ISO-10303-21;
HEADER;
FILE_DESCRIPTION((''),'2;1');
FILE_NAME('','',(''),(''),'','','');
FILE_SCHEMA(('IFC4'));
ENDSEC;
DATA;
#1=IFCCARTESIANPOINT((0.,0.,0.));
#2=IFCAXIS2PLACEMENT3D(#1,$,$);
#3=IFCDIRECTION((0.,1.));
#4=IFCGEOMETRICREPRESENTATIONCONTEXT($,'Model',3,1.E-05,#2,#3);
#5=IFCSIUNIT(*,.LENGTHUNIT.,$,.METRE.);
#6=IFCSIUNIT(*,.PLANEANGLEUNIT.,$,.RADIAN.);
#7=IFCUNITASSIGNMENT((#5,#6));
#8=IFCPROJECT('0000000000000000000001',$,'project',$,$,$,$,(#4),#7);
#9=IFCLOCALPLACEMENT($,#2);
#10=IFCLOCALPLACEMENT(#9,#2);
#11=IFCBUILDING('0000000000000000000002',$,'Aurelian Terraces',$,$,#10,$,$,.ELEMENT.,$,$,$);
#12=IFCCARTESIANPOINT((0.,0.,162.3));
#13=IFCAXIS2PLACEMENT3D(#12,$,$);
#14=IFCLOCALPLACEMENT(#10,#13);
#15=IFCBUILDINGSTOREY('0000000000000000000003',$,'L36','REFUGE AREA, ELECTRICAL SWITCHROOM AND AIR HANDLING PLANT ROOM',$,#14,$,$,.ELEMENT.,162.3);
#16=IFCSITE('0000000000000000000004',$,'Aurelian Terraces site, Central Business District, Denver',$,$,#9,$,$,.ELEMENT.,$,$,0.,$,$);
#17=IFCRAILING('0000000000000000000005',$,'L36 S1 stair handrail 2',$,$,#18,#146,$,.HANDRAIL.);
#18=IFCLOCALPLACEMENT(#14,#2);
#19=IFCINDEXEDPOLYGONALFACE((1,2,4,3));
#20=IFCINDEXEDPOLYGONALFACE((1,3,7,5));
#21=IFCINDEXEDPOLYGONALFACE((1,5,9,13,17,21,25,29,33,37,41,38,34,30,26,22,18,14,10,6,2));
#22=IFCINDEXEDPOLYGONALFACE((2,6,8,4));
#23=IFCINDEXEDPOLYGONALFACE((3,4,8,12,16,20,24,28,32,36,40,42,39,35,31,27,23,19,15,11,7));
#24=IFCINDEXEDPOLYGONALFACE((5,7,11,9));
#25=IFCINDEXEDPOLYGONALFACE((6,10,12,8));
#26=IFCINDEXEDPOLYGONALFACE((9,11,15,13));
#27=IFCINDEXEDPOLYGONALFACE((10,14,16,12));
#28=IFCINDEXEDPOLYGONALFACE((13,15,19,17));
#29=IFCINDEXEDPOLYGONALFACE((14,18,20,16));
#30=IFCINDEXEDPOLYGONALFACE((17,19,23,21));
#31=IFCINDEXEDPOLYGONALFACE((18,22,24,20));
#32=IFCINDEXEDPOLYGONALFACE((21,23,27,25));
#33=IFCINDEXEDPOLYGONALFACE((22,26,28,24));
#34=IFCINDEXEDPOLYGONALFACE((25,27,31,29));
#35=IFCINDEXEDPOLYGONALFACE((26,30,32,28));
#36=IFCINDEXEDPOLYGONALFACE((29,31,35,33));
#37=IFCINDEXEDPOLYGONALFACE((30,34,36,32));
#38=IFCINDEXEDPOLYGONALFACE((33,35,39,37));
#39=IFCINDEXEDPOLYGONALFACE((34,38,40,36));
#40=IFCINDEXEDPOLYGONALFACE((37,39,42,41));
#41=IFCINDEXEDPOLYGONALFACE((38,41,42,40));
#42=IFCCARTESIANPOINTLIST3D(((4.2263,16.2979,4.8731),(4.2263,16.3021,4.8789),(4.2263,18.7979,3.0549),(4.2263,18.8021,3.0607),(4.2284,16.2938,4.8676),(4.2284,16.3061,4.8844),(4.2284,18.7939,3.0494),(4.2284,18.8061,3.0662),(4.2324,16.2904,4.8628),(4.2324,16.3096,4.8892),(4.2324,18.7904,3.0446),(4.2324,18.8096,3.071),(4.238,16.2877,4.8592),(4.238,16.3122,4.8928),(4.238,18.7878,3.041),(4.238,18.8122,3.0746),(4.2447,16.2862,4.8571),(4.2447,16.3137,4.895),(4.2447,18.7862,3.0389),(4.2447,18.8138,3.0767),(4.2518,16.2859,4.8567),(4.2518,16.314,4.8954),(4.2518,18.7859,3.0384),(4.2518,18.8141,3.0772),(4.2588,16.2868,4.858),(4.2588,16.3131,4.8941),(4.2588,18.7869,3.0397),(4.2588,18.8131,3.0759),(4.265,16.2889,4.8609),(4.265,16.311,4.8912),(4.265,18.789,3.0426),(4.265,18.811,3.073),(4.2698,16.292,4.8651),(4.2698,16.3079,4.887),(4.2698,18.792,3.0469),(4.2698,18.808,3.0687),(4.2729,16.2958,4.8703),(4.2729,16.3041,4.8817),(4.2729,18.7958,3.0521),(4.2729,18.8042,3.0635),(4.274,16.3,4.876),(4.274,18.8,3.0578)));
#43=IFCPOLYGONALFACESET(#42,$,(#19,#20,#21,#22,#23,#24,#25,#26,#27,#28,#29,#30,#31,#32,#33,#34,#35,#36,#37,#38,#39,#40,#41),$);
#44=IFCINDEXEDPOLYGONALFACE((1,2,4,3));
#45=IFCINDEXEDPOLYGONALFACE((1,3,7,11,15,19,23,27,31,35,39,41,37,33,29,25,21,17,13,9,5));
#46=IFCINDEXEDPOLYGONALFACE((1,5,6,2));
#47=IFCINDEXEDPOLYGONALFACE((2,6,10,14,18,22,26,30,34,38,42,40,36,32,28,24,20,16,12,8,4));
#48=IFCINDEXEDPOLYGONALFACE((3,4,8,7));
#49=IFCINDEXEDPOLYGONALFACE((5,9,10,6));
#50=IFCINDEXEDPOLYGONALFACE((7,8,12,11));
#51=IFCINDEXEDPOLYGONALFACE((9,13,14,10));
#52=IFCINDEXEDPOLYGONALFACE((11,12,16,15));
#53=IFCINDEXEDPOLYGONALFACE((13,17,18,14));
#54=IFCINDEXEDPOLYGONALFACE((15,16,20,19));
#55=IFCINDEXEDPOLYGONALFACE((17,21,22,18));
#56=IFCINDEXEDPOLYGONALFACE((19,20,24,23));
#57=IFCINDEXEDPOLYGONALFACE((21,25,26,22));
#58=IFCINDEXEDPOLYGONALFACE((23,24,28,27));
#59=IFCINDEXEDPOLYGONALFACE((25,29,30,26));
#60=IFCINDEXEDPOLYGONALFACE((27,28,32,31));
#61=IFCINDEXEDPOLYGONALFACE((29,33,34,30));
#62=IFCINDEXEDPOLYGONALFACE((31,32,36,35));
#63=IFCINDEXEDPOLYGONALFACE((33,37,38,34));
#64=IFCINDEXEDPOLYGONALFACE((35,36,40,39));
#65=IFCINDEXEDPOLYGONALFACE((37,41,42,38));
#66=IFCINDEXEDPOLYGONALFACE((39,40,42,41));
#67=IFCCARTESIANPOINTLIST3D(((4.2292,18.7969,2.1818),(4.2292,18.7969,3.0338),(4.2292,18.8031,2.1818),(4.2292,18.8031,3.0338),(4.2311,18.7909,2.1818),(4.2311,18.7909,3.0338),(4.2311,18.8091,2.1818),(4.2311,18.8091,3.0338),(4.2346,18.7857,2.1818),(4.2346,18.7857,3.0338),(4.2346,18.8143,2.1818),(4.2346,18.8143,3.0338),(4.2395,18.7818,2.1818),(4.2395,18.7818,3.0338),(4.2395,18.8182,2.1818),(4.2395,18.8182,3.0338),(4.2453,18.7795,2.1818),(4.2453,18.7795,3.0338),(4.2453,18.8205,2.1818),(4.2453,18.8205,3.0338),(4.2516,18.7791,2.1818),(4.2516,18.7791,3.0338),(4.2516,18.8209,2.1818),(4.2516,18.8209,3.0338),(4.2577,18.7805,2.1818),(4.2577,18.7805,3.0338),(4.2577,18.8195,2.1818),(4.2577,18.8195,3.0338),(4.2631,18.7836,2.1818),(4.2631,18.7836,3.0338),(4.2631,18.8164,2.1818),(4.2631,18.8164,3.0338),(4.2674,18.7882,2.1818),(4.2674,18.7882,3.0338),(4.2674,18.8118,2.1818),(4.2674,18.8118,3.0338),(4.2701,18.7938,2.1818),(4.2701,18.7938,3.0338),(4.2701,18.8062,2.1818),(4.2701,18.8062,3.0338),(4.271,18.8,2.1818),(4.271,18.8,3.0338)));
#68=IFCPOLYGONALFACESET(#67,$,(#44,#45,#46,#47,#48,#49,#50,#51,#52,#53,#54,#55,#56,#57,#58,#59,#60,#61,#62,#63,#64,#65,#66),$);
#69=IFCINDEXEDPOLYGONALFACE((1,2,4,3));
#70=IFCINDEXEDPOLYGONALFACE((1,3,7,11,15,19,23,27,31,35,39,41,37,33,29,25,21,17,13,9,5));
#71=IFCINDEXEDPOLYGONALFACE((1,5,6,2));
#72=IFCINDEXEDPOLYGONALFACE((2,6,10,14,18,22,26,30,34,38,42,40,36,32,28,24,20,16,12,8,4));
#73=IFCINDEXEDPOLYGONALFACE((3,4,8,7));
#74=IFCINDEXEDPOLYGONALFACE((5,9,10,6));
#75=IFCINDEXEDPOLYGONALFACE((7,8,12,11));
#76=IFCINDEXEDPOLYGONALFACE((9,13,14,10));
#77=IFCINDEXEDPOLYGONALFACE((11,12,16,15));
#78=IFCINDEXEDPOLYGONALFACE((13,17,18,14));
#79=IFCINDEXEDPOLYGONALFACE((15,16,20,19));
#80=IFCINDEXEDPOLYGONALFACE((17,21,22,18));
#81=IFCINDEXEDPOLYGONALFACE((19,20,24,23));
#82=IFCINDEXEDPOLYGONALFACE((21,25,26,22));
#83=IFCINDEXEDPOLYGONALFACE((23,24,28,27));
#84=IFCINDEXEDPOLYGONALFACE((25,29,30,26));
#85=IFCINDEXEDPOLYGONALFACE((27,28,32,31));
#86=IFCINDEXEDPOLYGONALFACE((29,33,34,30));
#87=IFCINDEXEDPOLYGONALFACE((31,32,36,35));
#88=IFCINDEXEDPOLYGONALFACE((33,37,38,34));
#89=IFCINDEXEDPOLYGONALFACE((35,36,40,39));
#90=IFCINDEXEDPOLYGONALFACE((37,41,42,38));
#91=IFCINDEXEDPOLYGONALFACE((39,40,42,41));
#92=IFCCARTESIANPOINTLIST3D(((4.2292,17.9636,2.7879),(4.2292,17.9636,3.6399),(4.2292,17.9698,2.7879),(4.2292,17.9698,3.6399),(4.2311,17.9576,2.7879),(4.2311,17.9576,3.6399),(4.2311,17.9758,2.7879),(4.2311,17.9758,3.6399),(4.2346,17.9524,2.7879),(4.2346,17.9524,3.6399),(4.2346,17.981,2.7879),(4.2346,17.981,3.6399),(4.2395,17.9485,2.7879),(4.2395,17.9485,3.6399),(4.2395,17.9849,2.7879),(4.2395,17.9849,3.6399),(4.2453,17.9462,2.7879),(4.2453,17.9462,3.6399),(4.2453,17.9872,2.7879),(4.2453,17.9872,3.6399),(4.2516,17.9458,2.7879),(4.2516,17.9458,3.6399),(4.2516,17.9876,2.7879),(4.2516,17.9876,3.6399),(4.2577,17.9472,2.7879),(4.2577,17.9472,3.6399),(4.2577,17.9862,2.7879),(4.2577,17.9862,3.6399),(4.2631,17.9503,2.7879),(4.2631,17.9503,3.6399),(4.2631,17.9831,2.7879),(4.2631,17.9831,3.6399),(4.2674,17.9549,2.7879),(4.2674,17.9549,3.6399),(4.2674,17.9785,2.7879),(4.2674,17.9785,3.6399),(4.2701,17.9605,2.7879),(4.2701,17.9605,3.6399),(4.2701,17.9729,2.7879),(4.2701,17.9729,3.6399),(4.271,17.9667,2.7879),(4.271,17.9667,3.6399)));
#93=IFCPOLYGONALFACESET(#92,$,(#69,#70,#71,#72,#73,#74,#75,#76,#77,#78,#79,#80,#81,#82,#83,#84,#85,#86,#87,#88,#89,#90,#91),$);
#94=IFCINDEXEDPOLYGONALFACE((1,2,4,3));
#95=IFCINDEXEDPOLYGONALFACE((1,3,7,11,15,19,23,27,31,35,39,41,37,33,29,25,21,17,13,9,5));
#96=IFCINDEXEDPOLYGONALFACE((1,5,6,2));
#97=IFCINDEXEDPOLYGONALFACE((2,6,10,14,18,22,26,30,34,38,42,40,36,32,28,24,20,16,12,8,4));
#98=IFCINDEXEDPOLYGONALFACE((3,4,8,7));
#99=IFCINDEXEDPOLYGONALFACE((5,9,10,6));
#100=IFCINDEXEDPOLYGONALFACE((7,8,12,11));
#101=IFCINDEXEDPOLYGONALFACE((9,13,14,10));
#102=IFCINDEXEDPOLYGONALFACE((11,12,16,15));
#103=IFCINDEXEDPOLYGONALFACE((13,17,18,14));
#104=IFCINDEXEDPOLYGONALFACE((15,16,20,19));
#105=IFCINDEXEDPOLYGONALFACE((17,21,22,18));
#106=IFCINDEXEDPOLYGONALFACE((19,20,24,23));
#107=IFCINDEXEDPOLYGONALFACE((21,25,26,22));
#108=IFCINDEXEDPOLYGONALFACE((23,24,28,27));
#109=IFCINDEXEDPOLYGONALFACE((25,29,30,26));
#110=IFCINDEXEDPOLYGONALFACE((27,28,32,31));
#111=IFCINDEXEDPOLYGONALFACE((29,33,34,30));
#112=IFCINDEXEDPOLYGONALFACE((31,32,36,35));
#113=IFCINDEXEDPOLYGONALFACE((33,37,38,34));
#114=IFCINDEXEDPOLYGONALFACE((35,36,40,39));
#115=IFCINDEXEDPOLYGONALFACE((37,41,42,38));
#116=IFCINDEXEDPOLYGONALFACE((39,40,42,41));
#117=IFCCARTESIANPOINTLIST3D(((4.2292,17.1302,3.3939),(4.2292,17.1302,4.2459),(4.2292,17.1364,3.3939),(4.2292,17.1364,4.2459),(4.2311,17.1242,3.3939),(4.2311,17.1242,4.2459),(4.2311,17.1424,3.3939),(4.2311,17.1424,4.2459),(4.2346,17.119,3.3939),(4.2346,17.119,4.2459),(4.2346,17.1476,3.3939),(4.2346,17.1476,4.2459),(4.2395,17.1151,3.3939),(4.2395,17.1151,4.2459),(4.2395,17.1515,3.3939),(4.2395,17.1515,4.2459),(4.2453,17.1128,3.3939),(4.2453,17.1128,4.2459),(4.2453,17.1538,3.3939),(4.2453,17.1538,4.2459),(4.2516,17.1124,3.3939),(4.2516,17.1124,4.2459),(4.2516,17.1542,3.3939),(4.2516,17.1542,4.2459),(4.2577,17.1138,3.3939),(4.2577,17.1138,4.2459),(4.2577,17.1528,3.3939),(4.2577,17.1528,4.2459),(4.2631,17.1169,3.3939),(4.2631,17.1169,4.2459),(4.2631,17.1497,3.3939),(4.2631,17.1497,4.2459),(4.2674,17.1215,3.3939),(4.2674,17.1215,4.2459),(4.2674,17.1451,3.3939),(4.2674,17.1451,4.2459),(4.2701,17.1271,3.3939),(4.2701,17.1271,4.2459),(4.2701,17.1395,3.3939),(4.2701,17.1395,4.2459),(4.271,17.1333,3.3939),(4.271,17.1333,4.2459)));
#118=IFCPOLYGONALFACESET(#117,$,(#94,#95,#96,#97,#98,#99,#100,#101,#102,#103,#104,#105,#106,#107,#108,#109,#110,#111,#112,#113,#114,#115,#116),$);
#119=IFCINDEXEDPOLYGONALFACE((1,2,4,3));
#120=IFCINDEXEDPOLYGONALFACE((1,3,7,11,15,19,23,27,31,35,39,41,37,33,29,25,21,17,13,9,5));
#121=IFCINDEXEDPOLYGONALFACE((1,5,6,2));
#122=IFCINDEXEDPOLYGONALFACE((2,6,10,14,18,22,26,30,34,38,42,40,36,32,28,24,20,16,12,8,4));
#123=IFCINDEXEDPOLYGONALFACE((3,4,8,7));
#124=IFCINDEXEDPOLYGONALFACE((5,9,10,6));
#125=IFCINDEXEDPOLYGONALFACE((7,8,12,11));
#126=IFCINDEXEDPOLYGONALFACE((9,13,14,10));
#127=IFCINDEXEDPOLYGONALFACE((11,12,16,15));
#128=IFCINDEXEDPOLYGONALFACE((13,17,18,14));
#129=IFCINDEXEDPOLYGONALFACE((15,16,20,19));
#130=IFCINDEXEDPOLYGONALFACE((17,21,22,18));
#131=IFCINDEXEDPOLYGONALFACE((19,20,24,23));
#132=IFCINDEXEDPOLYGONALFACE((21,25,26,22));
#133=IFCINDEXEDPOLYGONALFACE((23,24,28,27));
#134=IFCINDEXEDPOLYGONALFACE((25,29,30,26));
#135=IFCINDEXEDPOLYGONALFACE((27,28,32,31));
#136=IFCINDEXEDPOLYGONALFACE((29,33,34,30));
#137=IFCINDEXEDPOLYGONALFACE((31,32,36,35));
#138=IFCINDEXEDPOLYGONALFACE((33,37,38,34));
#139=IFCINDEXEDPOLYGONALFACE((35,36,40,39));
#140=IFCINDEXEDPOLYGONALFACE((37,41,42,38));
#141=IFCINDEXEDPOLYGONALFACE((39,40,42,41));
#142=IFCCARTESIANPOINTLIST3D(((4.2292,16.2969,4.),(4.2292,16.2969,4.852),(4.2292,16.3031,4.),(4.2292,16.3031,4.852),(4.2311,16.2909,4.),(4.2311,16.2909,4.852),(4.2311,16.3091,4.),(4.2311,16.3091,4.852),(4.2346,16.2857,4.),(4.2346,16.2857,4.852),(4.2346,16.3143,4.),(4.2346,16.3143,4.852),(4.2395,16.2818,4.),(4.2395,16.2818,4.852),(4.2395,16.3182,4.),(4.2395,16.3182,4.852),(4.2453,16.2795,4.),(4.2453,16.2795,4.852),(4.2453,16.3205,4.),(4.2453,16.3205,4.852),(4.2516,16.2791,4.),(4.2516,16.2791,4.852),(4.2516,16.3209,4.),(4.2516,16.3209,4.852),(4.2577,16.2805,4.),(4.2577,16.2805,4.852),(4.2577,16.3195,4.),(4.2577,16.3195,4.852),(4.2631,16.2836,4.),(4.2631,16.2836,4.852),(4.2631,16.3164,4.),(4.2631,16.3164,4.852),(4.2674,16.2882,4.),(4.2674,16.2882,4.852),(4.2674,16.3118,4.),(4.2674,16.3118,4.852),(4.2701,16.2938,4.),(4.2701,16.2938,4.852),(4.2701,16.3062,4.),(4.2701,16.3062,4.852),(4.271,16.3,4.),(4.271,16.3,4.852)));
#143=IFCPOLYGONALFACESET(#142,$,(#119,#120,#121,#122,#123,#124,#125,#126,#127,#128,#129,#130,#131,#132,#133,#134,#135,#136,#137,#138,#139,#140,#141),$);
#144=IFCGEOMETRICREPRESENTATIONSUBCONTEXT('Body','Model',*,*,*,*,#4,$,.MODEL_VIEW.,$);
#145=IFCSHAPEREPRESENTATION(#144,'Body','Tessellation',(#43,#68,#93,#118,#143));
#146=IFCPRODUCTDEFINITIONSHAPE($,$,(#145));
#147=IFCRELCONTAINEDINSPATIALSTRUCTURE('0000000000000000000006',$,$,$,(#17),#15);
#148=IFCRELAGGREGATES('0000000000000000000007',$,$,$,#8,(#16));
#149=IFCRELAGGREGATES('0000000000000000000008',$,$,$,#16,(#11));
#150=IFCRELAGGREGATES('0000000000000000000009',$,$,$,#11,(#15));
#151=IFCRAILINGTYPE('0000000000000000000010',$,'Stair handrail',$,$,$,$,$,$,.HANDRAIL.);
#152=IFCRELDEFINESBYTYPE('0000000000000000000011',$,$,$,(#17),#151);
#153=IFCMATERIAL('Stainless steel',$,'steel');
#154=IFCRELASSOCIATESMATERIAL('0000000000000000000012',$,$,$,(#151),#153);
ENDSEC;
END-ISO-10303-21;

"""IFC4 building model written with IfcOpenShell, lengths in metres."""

from ifc_helpers import new_model, si_unit, direction, frame, origin, origin_2d, place, context, subcontext, project, spatial, circle, extrude, material, type_object, element, save


model = new_model("IFC4")

# Units and contexts
model_context = context("Model", 3, precision=1e-05, world=origin(), true_north=direction((0.0, 1.0)))
body_context = subcontext(model_context, "Body", "Model", "MODEL_VIEW")
ifc_project = project(units=[si_unit("LENGTHUNIT", "METRE"), si_unit("PLANEANGLEUNIT", "RADIAN")], contexts=[model_context])

# Site, building, storey
site_placement = place(None, origin())
site = spatial("IfcSite", under=ifc_project, at=site_placement, Name="Aurelian Terraces site, Central Business District, Denver", CompositionType="ELEMENT", RefElevation=0.0)
building_placement = place(site_placement, origin())
building = spatial("IfcBuilding", under=site, at=building_placement, Name="Aurelian Terraces", CompositionType="ELEMENT")
storey_placement = place(building_placement, frame((0.0, 0.0, 162.3)))
storey = spatial("IfcBuildingStorey", under=building, at=storey_placement, Name="L36", Description="REFUGE AREA, ELECTRICAL SWITCHROOM AND AIR HANDLING PLANT ROOM", CompositionType="ELEMENT", Elevation=162.3)

# Railing
ifc_material_1 = material(Name="Stainless steel", Category="steel")
railing_type_1 = type_object("IfcRailingType", Name="Stair handrail", PredefinedType="HANDRAIL", material=ifc_material_1)
railing_1_placement = place(storey_placement, frame((4.25, 18.8, 2.1818)))
element("IfcRailing", 1, at=railing_1_placement, inside=storey, type_object=railing_type_1, Name="L36 S1 stair handrail 2", PredefinedType="HANDRAIL", context=body_context, shape_type="SweptSolid", body=[
    extrude(circle(Radius=0.024, at=origin_2d()), frame((0.0, 0.0, 0.876), z_axis=(0.0, -0.808733, 0.588176), x_axis=(1.0, 0.0, 0.0)), (0.0, 0.0, 1.0), 3.0913),
    extrude(circle(Radius=0.021, at=origin_2d()), origin(), (0.0, 0.0, 1.0), 0.852),
    extrude(circle(Radius=0.021, at=origin_2d()), frame((0.0, -0.8333, 0.6061)), (0.0, 0.0, 1.0), 0.852),
    extrude(circle(Radius=0.021, at=origin_2d()), frame((0.0, -1.6667, 1.2121)), (0.0, 0.0, 1.0), 0.852),
    extrude(circle(Radius=0.021, at=origin_2d()), frame((0.0, -2.5, 1.8182)), (0.0, 0.0, 1.0), 0.852),
])

save(model, "model.ifc")
